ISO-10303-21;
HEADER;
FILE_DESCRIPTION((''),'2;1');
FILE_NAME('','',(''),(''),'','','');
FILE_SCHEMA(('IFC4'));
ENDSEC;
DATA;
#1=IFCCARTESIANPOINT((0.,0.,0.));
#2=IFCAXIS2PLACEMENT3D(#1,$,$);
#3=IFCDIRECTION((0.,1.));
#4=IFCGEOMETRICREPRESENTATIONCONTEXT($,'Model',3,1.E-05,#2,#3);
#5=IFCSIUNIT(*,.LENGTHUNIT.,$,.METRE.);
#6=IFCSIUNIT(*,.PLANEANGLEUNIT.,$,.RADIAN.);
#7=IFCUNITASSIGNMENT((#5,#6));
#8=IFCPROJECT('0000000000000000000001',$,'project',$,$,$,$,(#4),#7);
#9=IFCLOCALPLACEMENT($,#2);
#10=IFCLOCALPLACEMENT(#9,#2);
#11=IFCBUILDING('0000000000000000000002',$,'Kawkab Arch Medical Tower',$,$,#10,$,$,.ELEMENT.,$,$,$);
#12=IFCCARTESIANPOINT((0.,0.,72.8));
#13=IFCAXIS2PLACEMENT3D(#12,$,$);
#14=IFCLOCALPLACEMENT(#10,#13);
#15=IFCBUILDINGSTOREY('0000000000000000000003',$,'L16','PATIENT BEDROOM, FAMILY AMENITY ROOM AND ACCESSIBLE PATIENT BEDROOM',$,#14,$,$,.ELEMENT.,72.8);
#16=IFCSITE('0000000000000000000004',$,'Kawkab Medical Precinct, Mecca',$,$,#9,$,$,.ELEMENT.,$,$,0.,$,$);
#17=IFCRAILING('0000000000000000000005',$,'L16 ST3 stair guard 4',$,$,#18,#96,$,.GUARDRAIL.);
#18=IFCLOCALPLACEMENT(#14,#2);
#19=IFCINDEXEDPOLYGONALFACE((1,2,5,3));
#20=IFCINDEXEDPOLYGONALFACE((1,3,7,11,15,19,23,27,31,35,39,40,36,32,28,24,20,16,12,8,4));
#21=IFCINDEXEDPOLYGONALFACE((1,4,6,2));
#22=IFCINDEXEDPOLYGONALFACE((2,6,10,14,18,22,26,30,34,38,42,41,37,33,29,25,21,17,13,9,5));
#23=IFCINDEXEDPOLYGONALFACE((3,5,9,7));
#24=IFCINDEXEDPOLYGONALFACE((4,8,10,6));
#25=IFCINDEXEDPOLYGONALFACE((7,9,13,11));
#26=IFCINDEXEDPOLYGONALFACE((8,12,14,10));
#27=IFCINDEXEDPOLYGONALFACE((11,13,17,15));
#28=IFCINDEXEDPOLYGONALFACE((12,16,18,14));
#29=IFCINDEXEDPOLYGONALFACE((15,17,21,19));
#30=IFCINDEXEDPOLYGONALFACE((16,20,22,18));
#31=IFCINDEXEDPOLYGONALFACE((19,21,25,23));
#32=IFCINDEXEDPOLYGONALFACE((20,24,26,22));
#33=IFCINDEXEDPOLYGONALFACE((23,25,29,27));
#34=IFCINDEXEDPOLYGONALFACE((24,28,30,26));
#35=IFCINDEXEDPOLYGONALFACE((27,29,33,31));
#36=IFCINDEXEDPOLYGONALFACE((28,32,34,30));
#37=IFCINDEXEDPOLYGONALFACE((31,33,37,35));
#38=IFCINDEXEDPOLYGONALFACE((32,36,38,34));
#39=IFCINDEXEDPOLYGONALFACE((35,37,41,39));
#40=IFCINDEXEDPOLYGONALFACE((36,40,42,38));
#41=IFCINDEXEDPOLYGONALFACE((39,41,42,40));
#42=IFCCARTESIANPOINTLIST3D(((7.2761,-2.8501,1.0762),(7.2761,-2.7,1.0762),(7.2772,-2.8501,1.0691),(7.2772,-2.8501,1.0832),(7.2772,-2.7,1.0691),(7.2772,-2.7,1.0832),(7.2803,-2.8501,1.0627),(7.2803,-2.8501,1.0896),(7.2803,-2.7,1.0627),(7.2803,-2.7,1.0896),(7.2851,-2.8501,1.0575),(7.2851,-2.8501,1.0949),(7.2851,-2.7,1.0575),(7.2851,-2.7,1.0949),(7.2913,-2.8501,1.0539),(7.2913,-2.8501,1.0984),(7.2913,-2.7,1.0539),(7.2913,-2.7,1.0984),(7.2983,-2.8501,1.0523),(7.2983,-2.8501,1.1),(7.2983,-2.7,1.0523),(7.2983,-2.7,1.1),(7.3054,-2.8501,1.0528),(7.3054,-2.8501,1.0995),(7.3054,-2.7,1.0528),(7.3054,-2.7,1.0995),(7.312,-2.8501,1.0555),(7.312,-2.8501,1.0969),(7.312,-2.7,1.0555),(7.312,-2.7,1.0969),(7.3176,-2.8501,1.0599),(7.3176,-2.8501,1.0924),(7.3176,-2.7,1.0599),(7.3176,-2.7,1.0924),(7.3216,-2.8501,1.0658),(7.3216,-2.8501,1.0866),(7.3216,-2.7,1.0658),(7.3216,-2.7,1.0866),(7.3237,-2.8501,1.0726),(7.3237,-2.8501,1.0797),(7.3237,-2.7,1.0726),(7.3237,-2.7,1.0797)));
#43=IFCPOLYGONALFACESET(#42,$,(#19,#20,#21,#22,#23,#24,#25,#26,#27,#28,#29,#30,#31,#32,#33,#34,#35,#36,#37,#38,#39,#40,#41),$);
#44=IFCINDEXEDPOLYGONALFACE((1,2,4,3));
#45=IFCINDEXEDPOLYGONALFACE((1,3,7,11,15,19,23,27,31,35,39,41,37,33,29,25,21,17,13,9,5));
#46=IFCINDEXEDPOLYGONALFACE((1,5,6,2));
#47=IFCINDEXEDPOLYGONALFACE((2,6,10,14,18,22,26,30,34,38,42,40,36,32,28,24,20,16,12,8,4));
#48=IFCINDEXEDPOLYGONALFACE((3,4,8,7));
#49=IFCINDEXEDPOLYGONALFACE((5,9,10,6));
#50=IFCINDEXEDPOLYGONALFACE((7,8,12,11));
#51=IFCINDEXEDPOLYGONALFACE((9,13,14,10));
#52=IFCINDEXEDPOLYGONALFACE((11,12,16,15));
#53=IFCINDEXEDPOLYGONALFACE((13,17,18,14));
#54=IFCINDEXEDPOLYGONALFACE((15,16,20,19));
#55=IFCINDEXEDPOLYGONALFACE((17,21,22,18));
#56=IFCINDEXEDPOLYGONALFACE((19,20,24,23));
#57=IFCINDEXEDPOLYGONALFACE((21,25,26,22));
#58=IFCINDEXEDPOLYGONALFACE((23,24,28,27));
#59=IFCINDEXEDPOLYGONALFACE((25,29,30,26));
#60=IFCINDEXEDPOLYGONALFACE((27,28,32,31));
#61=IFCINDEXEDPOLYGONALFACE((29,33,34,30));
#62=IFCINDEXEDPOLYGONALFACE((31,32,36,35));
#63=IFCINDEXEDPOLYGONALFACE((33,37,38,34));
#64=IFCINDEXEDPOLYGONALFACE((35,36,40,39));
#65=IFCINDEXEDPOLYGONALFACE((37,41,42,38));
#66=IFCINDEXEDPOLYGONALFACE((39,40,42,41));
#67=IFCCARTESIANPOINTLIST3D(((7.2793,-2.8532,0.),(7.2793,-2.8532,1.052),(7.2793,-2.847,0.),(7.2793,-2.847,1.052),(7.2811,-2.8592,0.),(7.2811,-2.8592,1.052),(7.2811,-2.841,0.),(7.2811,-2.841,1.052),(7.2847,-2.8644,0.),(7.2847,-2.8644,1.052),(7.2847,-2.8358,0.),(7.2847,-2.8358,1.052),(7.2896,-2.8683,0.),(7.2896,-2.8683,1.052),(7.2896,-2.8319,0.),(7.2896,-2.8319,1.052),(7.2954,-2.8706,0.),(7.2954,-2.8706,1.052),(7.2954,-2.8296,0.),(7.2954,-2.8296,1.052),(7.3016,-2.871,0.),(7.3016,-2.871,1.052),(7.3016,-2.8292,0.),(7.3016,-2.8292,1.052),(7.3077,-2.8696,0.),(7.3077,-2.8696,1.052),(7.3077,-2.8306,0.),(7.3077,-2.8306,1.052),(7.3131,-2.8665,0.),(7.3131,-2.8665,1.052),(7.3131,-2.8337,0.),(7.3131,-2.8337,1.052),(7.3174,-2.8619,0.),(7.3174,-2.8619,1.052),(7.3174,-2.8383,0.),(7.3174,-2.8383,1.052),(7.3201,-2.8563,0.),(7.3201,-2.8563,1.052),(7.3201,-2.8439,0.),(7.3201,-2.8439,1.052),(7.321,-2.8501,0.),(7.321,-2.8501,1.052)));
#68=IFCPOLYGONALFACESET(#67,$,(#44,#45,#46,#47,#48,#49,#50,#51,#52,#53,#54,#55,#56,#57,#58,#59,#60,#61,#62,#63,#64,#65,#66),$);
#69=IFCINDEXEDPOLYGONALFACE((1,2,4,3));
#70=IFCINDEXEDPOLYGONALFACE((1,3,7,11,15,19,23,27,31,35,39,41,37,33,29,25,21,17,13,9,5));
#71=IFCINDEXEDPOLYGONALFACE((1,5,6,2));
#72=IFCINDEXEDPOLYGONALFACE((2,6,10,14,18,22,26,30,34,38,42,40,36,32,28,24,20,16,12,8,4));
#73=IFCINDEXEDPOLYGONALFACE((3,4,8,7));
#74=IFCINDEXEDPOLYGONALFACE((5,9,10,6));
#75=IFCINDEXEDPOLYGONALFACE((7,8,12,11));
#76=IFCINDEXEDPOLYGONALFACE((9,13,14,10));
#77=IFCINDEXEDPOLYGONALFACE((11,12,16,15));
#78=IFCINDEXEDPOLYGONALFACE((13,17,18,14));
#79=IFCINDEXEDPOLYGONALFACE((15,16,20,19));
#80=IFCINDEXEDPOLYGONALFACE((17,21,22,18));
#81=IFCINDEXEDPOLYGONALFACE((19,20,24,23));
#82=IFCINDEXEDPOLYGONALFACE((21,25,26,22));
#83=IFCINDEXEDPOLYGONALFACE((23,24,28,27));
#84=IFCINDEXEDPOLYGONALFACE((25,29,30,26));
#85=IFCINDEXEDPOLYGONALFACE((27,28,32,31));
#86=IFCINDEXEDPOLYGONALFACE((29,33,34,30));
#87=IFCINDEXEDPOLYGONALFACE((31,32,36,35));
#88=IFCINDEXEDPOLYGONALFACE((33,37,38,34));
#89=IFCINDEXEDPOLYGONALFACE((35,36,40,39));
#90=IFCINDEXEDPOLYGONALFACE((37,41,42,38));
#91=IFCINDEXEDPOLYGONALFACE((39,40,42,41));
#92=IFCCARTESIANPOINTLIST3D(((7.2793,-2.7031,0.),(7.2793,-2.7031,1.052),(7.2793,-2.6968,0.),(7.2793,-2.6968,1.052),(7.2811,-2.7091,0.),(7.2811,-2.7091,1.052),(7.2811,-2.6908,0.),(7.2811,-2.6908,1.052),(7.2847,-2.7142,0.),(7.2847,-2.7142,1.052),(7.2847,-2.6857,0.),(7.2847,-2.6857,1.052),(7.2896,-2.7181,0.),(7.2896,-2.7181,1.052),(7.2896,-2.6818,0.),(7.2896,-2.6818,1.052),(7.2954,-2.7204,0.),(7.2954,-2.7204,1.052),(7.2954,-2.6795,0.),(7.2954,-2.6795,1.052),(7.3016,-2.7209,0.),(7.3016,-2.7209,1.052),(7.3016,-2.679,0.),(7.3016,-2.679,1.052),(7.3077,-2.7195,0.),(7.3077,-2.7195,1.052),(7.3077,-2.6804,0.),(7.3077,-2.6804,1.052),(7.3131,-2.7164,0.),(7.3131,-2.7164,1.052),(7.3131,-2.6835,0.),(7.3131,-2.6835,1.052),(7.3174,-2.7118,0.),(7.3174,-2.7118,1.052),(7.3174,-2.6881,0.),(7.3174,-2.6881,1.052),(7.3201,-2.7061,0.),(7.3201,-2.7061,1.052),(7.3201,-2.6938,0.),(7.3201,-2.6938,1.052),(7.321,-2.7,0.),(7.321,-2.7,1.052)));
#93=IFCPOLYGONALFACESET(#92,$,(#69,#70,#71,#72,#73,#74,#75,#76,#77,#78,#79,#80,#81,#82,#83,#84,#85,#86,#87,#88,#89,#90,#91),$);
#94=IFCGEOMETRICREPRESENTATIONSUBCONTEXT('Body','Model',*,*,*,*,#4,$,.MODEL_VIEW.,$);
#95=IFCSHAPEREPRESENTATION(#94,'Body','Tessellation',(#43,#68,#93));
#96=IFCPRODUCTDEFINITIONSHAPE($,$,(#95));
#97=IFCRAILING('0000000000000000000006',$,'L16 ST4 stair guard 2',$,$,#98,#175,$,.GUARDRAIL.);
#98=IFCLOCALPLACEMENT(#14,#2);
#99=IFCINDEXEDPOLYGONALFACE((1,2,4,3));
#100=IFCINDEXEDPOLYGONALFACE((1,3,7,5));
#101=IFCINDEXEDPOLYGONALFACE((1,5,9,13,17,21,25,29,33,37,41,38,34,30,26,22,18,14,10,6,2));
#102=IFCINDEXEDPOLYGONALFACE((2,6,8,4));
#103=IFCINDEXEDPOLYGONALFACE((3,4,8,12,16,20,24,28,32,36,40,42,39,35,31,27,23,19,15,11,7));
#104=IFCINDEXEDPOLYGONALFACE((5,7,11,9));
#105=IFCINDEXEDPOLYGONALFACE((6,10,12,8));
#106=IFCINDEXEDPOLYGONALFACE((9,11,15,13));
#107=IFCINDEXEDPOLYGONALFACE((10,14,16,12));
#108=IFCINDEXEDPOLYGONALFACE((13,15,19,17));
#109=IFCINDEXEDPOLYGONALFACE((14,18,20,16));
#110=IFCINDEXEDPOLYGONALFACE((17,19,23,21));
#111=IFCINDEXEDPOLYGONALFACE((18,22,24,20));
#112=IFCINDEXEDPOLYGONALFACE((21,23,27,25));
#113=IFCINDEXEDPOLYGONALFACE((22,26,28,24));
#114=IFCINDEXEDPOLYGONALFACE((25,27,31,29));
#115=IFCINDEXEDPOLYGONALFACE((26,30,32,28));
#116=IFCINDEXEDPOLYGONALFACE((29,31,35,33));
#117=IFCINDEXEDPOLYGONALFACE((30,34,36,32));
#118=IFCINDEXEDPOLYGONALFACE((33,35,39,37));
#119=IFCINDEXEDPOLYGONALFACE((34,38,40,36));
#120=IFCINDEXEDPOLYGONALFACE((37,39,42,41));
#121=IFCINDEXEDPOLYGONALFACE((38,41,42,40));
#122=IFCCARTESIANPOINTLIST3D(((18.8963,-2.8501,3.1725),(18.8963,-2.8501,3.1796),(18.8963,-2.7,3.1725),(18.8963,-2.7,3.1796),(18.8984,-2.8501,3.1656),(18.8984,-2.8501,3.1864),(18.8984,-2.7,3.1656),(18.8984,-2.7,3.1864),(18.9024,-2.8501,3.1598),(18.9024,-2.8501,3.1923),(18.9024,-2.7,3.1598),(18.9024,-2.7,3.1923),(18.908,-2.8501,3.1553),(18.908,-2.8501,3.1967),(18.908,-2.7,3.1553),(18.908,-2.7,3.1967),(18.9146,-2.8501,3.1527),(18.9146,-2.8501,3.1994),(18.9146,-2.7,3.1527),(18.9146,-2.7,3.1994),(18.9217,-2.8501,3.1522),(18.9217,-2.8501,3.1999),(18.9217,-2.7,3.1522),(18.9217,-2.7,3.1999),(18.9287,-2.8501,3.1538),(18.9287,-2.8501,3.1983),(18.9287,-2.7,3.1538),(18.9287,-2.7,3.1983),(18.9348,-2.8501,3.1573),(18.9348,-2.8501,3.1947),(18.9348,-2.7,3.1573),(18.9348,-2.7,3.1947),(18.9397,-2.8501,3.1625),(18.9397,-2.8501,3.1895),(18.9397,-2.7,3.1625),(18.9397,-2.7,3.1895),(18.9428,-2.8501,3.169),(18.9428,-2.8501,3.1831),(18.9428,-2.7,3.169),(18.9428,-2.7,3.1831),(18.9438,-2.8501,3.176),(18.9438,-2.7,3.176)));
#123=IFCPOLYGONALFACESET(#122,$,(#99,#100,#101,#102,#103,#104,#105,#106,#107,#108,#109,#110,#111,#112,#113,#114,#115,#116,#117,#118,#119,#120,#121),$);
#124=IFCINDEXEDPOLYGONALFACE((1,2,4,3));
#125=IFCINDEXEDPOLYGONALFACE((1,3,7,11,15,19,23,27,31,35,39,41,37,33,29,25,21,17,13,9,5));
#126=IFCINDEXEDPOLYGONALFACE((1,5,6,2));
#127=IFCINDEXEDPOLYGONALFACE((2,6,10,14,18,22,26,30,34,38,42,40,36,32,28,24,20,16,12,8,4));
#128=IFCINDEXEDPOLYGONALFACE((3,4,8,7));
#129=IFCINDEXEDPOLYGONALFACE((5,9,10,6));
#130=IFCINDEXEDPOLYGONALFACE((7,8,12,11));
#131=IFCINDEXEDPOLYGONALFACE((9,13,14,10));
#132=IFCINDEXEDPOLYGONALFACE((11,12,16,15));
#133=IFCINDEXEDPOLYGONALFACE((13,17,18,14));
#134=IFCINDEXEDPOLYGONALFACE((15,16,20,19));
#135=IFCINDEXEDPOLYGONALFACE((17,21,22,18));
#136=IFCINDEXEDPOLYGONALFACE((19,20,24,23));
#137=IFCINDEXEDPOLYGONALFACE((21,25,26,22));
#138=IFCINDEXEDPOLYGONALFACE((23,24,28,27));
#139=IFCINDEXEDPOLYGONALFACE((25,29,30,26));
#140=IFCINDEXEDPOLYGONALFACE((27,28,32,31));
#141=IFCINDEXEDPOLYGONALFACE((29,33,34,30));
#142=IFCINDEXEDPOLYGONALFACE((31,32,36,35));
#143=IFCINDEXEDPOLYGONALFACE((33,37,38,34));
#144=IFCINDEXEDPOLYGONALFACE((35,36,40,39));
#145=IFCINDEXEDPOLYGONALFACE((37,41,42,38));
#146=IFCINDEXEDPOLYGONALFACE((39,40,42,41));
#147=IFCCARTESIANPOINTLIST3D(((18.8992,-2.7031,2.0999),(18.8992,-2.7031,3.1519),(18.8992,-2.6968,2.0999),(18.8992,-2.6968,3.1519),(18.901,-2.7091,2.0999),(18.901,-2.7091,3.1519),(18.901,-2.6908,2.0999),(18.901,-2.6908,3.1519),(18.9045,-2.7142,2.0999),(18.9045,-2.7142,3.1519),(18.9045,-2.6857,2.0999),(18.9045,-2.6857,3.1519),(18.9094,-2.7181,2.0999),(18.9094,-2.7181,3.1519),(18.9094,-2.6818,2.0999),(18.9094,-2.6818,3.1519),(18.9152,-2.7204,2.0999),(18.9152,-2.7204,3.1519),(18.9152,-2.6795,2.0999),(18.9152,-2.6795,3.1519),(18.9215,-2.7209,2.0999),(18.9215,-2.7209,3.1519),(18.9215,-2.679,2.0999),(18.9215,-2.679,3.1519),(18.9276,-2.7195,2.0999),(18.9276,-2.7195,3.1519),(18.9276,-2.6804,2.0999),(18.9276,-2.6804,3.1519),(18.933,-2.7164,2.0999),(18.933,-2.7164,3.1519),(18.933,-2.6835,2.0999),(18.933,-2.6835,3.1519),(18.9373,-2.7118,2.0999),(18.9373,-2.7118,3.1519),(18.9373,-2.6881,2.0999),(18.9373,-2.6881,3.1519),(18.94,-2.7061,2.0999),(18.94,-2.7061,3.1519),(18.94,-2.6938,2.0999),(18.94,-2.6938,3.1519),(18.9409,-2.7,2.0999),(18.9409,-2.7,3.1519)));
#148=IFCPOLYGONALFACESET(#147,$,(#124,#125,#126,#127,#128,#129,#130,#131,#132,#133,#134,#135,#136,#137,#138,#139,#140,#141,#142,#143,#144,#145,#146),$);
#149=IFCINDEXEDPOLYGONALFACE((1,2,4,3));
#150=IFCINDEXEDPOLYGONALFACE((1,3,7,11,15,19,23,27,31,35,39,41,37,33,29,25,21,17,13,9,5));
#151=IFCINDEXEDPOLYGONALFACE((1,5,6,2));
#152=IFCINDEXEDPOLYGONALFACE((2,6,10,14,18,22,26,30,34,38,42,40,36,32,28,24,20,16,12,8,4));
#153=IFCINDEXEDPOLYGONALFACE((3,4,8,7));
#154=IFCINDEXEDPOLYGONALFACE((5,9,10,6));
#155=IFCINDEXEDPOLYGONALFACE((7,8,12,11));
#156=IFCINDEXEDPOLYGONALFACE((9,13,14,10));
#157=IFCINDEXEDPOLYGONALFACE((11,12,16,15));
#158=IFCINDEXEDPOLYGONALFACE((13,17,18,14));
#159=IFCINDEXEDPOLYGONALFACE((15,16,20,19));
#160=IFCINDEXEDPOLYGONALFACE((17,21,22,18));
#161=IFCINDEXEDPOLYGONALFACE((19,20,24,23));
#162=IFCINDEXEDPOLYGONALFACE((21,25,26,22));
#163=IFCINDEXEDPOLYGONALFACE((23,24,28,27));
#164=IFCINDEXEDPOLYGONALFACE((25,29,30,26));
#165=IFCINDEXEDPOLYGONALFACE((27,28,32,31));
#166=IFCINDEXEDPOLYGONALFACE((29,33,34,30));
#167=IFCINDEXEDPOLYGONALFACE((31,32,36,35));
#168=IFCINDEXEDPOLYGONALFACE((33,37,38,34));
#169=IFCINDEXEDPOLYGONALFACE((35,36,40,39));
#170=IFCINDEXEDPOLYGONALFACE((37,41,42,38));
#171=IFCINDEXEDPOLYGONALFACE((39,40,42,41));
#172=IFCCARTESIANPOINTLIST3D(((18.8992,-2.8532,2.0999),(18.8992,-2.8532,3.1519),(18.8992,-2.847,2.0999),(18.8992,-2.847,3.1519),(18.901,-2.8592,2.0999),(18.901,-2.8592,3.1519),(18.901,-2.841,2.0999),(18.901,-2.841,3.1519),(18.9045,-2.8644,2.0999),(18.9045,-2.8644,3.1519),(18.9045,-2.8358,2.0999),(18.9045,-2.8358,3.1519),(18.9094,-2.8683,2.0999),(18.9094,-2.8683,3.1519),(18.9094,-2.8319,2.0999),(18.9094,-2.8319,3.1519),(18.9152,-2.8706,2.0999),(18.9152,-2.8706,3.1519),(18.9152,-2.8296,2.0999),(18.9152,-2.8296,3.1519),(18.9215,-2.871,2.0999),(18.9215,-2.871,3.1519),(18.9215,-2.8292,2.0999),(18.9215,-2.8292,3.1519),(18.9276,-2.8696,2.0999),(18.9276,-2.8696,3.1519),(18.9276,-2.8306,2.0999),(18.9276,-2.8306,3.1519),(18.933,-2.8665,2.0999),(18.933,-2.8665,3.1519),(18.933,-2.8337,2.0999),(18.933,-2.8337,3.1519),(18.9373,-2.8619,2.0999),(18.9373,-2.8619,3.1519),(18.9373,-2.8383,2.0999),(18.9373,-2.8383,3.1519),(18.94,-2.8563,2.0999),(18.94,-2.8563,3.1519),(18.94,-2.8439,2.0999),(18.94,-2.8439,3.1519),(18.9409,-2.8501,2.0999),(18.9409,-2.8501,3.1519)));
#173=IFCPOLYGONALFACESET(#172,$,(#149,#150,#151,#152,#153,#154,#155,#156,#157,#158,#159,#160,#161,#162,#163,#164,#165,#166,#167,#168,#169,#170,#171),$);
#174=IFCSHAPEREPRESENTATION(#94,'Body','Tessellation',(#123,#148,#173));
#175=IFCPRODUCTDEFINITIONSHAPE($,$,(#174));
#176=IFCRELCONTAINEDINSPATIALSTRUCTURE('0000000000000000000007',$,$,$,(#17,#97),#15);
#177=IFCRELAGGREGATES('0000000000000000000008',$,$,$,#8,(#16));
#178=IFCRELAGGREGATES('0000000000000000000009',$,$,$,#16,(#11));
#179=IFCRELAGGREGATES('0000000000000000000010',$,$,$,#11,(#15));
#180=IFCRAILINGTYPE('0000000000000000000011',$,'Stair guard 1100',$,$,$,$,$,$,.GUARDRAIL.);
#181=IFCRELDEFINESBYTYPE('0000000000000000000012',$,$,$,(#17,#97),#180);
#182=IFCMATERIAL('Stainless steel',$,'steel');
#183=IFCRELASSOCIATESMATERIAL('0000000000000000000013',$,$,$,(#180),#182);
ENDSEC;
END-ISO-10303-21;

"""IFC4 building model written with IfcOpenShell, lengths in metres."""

from ifc_helpers import new_model, si_unit, direction, frame, origin, origin_2d, place, context, subcontext, project, spatial, circle, extrude, material, type_object, element, save


model = new_model("IFC4")

# Units and contexts
model_context = context("Model", 3, precision=1e-05, world=origin(), true_north=direction((0.0, 1.0)))
body_context = subcontext(model_context, "Body", "Model", "MODEL_VIEW")
ifc_project = project(units=[si_unit("LENGTHUNIT", "METRE"), si_unit("PLANEANGLEUNIT", "RADIAN")], contexts=[model_context])

# Site, building, storey
site_placement = place(None, origin())
site = spatial("IfcSite", under=ifc_project, at=site_placement, Name="Kawkab Medical Precinct, Mecca", CompositionType="ELEMENT", RefElevation=0.0)
building_placement = place(site_placement, origin())
building = spatial("IfcBuilding", under=site, at=building_placement, Name="Kawkab Arch Medical Tower", CompositionType="ELEMENT")
storey_placement = place(building_placement, frame((0.0, 0.0, 72.8)))
storey = spatial("IfcBuildingStorey", under=building, at=storey_placement, Name="L16", Description="PATIENT BEDROOM, FAMILY AMENITY ROOM AND ACCESSIBLE PATIENT BEDROOM", CompositionType="ELEMENT", Elevation=72.8)

# Railings
ifc_material_1 = material(Name="Stainless steel", Category="steel")
railing_type_1 = type_object("IfcRailingType", Name="Stair guard 1100", PredefinedType="GUARDRAIL", material=ifc_material_1)
railing_1_placement = place(storey_placement, frame((7.3, -2.8501, 0.0)))
element("IfcRailing", 1, at=railing_1_placement, inside=storey, type_object=railing_type_1, Name="L16 ST3 stair guard 4", PredefinedType="GUARDRAIL", context=body_context, shape_type="SweptSolid", body=[
    extrude(circle(Radius=0.0239, at=origin_2d()), frame((0.0, 0.0, 1.0762), z_axis=(0.0, 1.0, 0.0), x_axis=(-1.0, 0.0, 0.0)), (0.0, 0.0, 1.0), 0.1501),
    extrude(circle(Radius=0.021, at=origin_2d()), origin(), (0.0, 0.0, 1.0), 1.052),
    extrude(circle(Radius=0.021, at=origin_2d()), frame((0.0, 0.1501, 0.0)), (0.0, 0.0, 1.0), 1.052),
])
railing_2_placement = place(storey_placement, frame((18.9199, -2.7, 2.0999)))
element("IfcRailing", 2, at=railing_2_placement, inside=storey, type_object=railing_type_1, Name="L16 ST4 stair guard 2", PredefinedType="GUARDRAIL", context=body_context, shape_type="SweptSolid", body=[
    extrude(circle(Radius=0.0239, at=origin_2d()), frame((0.0, 0.0, 1.0762), z_axis=(0.0, -1.0, 0.0), x_axis=(1.0, 0.0, 0.0)), (0.0, 0.0, 1.0), 0.1501),
    extrude(circle(Radius=0.021, at=origin_2d()), origin(), (0.0, 0.0, 1.0), 1.052),
    extrude(circle(Radius=0.021, at=origin_2d()), frame((0.0, -0.1501, 0.0)), (0.0, 0.0, 1.0), 1.052),
])

save(model, "model.ifc")
